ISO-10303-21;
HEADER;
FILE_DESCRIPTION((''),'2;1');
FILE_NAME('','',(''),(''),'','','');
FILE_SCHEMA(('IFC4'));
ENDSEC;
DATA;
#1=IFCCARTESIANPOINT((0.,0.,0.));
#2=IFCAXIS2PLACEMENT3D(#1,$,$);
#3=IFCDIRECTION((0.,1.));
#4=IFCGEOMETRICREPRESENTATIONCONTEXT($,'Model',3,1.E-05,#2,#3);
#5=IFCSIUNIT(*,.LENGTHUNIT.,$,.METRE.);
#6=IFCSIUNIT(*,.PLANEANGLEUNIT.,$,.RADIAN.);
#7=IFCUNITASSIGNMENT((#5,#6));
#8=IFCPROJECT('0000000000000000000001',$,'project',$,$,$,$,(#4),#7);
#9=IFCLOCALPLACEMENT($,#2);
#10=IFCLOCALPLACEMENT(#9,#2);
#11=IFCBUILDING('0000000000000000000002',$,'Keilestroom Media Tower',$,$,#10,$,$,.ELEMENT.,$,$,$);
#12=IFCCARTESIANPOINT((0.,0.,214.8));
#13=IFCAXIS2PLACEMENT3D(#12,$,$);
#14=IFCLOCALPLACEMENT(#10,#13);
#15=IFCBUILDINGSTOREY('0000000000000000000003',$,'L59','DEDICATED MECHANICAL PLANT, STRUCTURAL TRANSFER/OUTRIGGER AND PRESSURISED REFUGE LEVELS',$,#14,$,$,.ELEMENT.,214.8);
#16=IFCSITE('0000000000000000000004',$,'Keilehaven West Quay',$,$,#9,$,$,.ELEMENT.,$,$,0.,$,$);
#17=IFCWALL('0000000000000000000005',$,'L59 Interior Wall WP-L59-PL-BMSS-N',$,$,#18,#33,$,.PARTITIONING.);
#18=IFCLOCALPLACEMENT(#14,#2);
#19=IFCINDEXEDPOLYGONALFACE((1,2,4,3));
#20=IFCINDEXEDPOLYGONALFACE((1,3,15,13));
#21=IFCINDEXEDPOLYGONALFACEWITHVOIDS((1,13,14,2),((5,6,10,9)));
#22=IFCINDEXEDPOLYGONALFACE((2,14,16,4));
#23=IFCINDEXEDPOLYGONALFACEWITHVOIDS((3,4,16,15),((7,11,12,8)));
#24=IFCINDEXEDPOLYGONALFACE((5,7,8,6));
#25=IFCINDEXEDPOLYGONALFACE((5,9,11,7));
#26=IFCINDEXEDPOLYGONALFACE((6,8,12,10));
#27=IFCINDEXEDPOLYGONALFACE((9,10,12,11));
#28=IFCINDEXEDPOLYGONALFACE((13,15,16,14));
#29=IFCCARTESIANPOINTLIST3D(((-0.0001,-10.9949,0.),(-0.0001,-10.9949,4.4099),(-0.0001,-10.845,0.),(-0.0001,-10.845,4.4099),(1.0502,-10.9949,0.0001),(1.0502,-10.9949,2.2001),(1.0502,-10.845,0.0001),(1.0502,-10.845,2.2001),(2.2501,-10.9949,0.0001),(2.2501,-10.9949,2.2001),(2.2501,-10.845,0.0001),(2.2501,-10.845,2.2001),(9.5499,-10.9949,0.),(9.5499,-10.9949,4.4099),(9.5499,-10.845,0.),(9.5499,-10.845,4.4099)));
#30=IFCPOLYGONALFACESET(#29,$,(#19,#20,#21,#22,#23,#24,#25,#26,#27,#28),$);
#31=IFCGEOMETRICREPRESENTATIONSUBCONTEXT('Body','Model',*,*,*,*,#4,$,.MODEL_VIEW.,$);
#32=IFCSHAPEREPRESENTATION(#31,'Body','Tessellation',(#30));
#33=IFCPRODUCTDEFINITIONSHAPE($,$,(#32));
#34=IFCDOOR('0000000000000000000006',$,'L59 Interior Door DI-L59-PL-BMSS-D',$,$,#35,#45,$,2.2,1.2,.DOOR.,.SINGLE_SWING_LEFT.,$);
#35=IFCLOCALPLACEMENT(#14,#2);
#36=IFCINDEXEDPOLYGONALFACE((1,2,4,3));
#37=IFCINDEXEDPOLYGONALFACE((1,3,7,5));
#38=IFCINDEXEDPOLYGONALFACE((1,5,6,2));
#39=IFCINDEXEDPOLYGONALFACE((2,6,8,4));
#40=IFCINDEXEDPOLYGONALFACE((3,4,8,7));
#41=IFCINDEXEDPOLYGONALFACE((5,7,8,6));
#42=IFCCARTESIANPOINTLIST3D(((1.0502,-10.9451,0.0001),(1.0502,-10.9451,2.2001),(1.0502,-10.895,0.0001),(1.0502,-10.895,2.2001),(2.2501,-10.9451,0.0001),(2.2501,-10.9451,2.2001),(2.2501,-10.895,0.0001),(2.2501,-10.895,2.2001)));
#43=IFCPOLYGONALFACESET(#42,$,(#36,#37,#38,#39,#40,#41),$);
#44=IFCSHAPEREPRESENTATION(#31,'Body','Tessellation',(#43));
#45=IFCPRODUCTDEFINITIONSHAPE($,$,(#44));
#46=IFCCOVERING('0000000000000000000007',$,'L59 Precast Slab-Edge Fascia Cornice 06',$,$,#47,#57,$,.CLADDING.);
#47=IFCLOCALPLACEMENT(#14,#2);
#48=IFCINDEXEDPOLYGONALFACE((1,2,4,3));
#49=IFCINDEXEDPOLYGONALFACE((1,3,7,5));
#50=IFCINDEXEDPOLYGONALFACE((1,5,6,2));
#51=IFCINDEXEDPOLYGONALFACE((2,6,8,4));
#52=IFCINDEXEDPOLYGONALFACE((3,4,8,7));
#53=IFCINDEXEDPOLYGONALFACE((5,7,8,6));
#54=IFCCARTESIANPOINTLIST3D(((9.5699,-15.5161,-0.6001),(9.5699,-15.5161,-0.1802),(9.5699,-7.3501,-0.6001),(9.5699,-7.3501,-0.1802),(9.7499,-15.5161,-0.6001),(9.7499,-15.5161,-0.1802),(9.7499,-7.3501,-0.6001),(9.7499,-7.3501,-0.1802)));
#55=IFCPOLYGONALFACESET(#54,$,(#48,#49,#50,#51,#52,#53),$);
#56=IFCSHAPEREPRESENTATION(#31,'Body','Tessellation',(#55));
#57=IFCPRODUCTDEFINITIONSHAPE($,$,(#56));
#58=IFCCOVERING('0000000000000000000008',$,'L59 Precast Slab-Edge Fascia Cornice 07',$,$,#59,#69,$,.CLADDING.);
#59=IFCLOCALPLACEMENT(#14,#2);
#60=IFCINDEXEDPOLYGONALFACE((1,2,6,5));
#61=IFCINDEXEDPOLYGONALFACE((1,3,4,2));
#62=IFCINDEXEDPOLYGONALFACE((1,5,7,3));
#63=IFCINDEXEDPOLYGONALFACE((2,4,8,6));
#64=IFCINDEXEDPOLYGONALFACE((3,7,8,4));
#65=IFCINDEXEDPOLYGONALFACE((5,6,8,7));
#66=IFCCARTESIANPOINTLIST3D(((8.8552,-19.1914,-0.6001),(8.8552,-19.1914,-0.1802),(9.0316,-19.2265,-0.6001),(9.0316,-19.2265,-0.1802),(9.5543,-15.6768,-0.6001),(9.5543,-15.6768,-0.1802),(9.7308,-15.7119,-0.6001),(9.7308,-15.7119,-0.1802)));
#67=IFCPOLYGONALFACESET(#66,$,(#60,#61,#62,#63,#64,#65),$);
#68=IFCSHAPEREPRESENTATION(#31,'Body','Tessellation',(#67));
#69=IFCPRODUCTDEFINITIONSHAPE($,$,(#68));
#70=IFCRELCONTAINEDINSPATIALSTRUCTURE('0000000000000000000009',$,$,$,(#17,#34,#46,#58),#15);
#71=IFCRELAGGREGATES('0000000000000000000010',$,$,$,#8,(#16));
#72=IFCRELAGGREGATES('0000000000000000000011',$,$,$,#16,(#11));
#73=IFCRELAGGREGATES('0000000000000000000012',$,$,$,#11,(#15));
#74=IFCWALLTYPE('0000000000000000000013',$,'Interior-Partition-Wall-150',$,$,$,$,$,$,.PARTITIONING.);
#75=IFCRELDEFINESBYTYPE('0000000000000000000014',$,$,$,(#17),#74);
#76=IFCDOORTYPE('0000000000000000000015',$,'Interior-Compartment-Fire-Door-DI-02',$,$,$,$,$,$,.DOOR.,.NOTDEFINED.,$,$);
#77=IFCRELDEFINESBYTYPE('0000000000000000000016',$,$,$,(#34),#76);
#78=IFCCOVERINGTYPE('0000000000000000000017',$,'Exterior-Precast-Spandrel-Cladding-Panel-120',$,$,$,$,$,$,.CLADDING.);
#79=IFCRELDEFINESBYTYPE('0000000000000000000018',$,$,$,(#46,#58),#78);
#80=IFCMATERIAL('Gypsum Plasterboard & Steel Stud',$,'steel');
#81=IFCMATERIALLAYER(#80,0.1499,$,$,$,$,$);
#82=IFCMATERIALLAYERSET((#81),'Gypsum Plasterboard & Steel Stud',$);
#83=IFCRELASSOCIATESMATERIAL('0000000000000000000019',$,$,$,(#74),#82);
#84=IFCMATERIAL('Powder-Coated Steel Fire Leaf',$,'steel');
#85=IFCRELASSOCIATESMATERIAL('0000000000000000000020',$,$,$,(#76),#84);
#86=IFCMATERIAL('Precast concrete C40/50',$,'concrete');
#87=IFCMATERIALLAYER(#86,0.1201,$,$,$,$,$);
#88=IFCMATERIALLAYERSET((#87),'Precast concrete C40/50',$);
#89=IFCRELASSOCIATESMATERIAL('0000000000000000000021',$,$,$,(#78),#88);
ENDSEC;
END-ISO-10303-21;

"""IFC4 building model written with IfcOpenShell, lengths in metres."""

from ifc_helpers import new_model, si_unit, direction, frame, frame_2d, origin, origin_2d, place, context, subcontext, project, spatial, rectangle, extrude, source, transform, mapped, material, layer, layer_set, type_object, element, fill, save


model = new_model("IFC4")

# Units and contexts
model_context = context("Model", 3, precision=1e-05, world=origin(), true_north=direction((0.0, 1.0)))
body_context = subcontext(model_context, "Body", "Model", "MODEL_VIEW")
ifc_project = project(units=[si_unit("LENGTHUNIT", "METRE"), si_unit("PLANEANGLEUNIT", "RADIAN")], contexts=[model_context])

# Site, building, storey
site_placement = place(None, origin())
site = spatial("IfcSite", under=ifc_project, at=site_placement, Name="Keilehaven West Quay", CompositionType="ELEMENT", RefElevation=0.0)
building_placement = place(site_placement, origin())
building = spatial("IfcBuilding", under=site, at=building_placement, Name="Keilestroom Media Tower", CompositionType="ELEMENT")
storey_placement = place(building_placement, frame((0.0, 0.0, 214.8)))
storey = spatial("IfcBuildingStorey", under=building, at=storey_placement, Name="L59", Description="DEDICATED MECHANICAL PLANT, STRUCTURAL TRANSFER/OUTRIGGER AND PRESSURISED REFUGE LEVELS", CompositionType="ELEMENT", Elevation=214.8)

# Shared definitions
ifc_material_1 = material(Name="Precast concrete C40/50", Category="concrete")

# Wall, opening, door
ifc_material_2 = material(Name="Gypsum Plasterboard & Steel Stud", Category="steel")
ifc_layer_1 = layer(ifc_material_2, 0.1499)
ifc_layer_set_1 = layer_set([ifc_layer_1], Name="Gypsum Plasterboard & Steel Stud")
wall_type_1 = type_object("IfcWallType", Name="Interior-Partition-Wall-150", PredefinedType="PARTITIONING", material=ifc_layer_set_1)
wall_1_placement = place(storey_placement, frame((0.0, -10.9199, 0.0), z_axis=(0.0, 0.0, 1.0), x_axis=(1.0, 0.0, 0.0)))
wall_1 = element("IfcWall", 1, at=wall_1_placement, inside=storey, type_object=wall_type_1, Name="L59 Interior Wall WP-L59-PL-BMSS-N", PredefinedType="PARTITIONING", context=body_context, shape_type="SweptSolid", body=[
    extrude(rectangle(XDim=9.55, YDim=0.1499, at=frame_2d((4.7749, 0.0))), origin(), (0.0, 0.0, 1.0), 4.4099),
])
opening_placement = place(wall_1_placement, frame((1.05, 0.0, 0.0)))
opening = element("IfcOpeningElement", 2, at=opening_placement, cuts=wall_1, PredefinedType="OPENING", context=body_context, shape_type="SweptSolid", body=[
    extrude(rectangle(XDim=1.2, YDim=2.2, at=frame_2d((0.6001, 1.1001))), frame((0.0, 0.085, 0.0), z_axis=(0.0, -1.0, 0.0), x_axis=(1.0, 0.0, 0.0)), (0.0, 0.0, 1.0), 0.1699),
])
ifc_material_3 = material(Name="Powder-Coated Steel Fire Leaf", Category="steel")
door_type = type_object("IfcDoorType", Name="Interior-Compartment-Fire-Door-DI-02", OperationType="NOTDEFINED", PredefinedType="DOOR", material=ifc_material_3)
shared_shape_1 = source(origin(), body_context, "Body", "SweptSolid", [
    extrude(rectangle(XDim=1.2, YDim=2.2, at=frame_2d((0.6001, 1.1001))), frame((0.0, 0.0249, 0.0), z_axis=(0.0, -1.0, 0.0), x_axis=(1.0, 0.0, 0.0)), (0.0, 0.0, 1.0), 0.05),
])
door_placement = place(opening_placement, origin())
door = element("IfcDoor", 3, at=door_placement, inside=storey, type_object=door_type, Name="L59 Interior Door DI-L59-PL-BMSS-D", OperationType="SINGLE_SWING_LEFT", OverallHeight=2.2, OverallWidth=1.2, PredefinedType="DOOR", context=body_context, shape_type="MappedRepresentation", body=[
    mapped(shared_shape_1, transform((0.0, 0.0, 0.0), x_axis=(1.0, 0.0, 0.0), y_axis=(0.0, 1.0, 0.0), z_axis=(0.0, 0.0, 1.0), scale=1.0)),
])
fill(opening, door)

# Coverings
ifc_layer_2 = layer(ifc_material_1, 0.1201)
ifc_layer_set_2 = layer_set([ifc_layer_2], Name="Precast concrete C40/50")
covering_type = type_object("IfcCoveringType", Name="Exterior-Precast-Spandrel-Cladding-Panel-120", PredefinedType="CLADDING", material=ifc_layer_set_2)
shared_shape_2 = source(origin(), body_context, "Body", "SweptSolid", [
    extrude(rectangle(XDim=8.166, YDim=0.1799, at=origin_2d()), origin(), (0.0, 0.0, 1.0), 0.4199),
])
covering_1_placement = place(storey_placement, frame((9.6599, -11.4331, -0.6001), z_axis=(0.0, 0.0, 1.0), x_axis=(0.0, -1.0, 0.0)))
element("IfcCovering", 4, at=covering_1_placement, inside=storey, type_object=covering_type, Name="L59 Precast Slab-Edge Fascia Cornice 06", PredefinedType="CLADDING", context=body_context, shape_type="MappedRepresentation", body=[
    mapped(shared_shape_2, transform((0.0, 0.0, 0.0), x_axis=(1.0, 0.0, 0.0), y_axis=(0.0, 1.0, 0.0), z_axis=(0.0, 0.0, 1.0), scale=1.0)),
])
shared_shape_3 = source(origin(), body_context, "Body", "SweptSolid", [
    extrude(rectangle(XDim=3.5835, YDim=0.1799, at=origin_2d()), origin(), (0.0, 0.0, 1.0), 0.4199),
])
covering_2_placement = place(storey_placement, frame((9.293, -17.4517, -0.6001), z_axis=(0.0, 0.0, 1.0), x_axis=(-0.195099, -0.980784, 0.0)))
element("IfcCovering", 5, at=covering_2_placement, inside=storey, type_object=covering_type, Name="L59 Precast Slab-Edge Fascia Cornice 07", PredefinedType="CLADDING", context=body_context, shape_type="MappedRepresentation", body=[
    mapped(shared_shape_3, transform((0.0, 0.0, 0.0), x_axis=(1.0, 0.0, 0.0), y_axis=(0.0, 1.0, 0.0), z_axis=(0.0, 0.0, 1.0), scale=1.0)),
])

save(model, "model.ifc")
